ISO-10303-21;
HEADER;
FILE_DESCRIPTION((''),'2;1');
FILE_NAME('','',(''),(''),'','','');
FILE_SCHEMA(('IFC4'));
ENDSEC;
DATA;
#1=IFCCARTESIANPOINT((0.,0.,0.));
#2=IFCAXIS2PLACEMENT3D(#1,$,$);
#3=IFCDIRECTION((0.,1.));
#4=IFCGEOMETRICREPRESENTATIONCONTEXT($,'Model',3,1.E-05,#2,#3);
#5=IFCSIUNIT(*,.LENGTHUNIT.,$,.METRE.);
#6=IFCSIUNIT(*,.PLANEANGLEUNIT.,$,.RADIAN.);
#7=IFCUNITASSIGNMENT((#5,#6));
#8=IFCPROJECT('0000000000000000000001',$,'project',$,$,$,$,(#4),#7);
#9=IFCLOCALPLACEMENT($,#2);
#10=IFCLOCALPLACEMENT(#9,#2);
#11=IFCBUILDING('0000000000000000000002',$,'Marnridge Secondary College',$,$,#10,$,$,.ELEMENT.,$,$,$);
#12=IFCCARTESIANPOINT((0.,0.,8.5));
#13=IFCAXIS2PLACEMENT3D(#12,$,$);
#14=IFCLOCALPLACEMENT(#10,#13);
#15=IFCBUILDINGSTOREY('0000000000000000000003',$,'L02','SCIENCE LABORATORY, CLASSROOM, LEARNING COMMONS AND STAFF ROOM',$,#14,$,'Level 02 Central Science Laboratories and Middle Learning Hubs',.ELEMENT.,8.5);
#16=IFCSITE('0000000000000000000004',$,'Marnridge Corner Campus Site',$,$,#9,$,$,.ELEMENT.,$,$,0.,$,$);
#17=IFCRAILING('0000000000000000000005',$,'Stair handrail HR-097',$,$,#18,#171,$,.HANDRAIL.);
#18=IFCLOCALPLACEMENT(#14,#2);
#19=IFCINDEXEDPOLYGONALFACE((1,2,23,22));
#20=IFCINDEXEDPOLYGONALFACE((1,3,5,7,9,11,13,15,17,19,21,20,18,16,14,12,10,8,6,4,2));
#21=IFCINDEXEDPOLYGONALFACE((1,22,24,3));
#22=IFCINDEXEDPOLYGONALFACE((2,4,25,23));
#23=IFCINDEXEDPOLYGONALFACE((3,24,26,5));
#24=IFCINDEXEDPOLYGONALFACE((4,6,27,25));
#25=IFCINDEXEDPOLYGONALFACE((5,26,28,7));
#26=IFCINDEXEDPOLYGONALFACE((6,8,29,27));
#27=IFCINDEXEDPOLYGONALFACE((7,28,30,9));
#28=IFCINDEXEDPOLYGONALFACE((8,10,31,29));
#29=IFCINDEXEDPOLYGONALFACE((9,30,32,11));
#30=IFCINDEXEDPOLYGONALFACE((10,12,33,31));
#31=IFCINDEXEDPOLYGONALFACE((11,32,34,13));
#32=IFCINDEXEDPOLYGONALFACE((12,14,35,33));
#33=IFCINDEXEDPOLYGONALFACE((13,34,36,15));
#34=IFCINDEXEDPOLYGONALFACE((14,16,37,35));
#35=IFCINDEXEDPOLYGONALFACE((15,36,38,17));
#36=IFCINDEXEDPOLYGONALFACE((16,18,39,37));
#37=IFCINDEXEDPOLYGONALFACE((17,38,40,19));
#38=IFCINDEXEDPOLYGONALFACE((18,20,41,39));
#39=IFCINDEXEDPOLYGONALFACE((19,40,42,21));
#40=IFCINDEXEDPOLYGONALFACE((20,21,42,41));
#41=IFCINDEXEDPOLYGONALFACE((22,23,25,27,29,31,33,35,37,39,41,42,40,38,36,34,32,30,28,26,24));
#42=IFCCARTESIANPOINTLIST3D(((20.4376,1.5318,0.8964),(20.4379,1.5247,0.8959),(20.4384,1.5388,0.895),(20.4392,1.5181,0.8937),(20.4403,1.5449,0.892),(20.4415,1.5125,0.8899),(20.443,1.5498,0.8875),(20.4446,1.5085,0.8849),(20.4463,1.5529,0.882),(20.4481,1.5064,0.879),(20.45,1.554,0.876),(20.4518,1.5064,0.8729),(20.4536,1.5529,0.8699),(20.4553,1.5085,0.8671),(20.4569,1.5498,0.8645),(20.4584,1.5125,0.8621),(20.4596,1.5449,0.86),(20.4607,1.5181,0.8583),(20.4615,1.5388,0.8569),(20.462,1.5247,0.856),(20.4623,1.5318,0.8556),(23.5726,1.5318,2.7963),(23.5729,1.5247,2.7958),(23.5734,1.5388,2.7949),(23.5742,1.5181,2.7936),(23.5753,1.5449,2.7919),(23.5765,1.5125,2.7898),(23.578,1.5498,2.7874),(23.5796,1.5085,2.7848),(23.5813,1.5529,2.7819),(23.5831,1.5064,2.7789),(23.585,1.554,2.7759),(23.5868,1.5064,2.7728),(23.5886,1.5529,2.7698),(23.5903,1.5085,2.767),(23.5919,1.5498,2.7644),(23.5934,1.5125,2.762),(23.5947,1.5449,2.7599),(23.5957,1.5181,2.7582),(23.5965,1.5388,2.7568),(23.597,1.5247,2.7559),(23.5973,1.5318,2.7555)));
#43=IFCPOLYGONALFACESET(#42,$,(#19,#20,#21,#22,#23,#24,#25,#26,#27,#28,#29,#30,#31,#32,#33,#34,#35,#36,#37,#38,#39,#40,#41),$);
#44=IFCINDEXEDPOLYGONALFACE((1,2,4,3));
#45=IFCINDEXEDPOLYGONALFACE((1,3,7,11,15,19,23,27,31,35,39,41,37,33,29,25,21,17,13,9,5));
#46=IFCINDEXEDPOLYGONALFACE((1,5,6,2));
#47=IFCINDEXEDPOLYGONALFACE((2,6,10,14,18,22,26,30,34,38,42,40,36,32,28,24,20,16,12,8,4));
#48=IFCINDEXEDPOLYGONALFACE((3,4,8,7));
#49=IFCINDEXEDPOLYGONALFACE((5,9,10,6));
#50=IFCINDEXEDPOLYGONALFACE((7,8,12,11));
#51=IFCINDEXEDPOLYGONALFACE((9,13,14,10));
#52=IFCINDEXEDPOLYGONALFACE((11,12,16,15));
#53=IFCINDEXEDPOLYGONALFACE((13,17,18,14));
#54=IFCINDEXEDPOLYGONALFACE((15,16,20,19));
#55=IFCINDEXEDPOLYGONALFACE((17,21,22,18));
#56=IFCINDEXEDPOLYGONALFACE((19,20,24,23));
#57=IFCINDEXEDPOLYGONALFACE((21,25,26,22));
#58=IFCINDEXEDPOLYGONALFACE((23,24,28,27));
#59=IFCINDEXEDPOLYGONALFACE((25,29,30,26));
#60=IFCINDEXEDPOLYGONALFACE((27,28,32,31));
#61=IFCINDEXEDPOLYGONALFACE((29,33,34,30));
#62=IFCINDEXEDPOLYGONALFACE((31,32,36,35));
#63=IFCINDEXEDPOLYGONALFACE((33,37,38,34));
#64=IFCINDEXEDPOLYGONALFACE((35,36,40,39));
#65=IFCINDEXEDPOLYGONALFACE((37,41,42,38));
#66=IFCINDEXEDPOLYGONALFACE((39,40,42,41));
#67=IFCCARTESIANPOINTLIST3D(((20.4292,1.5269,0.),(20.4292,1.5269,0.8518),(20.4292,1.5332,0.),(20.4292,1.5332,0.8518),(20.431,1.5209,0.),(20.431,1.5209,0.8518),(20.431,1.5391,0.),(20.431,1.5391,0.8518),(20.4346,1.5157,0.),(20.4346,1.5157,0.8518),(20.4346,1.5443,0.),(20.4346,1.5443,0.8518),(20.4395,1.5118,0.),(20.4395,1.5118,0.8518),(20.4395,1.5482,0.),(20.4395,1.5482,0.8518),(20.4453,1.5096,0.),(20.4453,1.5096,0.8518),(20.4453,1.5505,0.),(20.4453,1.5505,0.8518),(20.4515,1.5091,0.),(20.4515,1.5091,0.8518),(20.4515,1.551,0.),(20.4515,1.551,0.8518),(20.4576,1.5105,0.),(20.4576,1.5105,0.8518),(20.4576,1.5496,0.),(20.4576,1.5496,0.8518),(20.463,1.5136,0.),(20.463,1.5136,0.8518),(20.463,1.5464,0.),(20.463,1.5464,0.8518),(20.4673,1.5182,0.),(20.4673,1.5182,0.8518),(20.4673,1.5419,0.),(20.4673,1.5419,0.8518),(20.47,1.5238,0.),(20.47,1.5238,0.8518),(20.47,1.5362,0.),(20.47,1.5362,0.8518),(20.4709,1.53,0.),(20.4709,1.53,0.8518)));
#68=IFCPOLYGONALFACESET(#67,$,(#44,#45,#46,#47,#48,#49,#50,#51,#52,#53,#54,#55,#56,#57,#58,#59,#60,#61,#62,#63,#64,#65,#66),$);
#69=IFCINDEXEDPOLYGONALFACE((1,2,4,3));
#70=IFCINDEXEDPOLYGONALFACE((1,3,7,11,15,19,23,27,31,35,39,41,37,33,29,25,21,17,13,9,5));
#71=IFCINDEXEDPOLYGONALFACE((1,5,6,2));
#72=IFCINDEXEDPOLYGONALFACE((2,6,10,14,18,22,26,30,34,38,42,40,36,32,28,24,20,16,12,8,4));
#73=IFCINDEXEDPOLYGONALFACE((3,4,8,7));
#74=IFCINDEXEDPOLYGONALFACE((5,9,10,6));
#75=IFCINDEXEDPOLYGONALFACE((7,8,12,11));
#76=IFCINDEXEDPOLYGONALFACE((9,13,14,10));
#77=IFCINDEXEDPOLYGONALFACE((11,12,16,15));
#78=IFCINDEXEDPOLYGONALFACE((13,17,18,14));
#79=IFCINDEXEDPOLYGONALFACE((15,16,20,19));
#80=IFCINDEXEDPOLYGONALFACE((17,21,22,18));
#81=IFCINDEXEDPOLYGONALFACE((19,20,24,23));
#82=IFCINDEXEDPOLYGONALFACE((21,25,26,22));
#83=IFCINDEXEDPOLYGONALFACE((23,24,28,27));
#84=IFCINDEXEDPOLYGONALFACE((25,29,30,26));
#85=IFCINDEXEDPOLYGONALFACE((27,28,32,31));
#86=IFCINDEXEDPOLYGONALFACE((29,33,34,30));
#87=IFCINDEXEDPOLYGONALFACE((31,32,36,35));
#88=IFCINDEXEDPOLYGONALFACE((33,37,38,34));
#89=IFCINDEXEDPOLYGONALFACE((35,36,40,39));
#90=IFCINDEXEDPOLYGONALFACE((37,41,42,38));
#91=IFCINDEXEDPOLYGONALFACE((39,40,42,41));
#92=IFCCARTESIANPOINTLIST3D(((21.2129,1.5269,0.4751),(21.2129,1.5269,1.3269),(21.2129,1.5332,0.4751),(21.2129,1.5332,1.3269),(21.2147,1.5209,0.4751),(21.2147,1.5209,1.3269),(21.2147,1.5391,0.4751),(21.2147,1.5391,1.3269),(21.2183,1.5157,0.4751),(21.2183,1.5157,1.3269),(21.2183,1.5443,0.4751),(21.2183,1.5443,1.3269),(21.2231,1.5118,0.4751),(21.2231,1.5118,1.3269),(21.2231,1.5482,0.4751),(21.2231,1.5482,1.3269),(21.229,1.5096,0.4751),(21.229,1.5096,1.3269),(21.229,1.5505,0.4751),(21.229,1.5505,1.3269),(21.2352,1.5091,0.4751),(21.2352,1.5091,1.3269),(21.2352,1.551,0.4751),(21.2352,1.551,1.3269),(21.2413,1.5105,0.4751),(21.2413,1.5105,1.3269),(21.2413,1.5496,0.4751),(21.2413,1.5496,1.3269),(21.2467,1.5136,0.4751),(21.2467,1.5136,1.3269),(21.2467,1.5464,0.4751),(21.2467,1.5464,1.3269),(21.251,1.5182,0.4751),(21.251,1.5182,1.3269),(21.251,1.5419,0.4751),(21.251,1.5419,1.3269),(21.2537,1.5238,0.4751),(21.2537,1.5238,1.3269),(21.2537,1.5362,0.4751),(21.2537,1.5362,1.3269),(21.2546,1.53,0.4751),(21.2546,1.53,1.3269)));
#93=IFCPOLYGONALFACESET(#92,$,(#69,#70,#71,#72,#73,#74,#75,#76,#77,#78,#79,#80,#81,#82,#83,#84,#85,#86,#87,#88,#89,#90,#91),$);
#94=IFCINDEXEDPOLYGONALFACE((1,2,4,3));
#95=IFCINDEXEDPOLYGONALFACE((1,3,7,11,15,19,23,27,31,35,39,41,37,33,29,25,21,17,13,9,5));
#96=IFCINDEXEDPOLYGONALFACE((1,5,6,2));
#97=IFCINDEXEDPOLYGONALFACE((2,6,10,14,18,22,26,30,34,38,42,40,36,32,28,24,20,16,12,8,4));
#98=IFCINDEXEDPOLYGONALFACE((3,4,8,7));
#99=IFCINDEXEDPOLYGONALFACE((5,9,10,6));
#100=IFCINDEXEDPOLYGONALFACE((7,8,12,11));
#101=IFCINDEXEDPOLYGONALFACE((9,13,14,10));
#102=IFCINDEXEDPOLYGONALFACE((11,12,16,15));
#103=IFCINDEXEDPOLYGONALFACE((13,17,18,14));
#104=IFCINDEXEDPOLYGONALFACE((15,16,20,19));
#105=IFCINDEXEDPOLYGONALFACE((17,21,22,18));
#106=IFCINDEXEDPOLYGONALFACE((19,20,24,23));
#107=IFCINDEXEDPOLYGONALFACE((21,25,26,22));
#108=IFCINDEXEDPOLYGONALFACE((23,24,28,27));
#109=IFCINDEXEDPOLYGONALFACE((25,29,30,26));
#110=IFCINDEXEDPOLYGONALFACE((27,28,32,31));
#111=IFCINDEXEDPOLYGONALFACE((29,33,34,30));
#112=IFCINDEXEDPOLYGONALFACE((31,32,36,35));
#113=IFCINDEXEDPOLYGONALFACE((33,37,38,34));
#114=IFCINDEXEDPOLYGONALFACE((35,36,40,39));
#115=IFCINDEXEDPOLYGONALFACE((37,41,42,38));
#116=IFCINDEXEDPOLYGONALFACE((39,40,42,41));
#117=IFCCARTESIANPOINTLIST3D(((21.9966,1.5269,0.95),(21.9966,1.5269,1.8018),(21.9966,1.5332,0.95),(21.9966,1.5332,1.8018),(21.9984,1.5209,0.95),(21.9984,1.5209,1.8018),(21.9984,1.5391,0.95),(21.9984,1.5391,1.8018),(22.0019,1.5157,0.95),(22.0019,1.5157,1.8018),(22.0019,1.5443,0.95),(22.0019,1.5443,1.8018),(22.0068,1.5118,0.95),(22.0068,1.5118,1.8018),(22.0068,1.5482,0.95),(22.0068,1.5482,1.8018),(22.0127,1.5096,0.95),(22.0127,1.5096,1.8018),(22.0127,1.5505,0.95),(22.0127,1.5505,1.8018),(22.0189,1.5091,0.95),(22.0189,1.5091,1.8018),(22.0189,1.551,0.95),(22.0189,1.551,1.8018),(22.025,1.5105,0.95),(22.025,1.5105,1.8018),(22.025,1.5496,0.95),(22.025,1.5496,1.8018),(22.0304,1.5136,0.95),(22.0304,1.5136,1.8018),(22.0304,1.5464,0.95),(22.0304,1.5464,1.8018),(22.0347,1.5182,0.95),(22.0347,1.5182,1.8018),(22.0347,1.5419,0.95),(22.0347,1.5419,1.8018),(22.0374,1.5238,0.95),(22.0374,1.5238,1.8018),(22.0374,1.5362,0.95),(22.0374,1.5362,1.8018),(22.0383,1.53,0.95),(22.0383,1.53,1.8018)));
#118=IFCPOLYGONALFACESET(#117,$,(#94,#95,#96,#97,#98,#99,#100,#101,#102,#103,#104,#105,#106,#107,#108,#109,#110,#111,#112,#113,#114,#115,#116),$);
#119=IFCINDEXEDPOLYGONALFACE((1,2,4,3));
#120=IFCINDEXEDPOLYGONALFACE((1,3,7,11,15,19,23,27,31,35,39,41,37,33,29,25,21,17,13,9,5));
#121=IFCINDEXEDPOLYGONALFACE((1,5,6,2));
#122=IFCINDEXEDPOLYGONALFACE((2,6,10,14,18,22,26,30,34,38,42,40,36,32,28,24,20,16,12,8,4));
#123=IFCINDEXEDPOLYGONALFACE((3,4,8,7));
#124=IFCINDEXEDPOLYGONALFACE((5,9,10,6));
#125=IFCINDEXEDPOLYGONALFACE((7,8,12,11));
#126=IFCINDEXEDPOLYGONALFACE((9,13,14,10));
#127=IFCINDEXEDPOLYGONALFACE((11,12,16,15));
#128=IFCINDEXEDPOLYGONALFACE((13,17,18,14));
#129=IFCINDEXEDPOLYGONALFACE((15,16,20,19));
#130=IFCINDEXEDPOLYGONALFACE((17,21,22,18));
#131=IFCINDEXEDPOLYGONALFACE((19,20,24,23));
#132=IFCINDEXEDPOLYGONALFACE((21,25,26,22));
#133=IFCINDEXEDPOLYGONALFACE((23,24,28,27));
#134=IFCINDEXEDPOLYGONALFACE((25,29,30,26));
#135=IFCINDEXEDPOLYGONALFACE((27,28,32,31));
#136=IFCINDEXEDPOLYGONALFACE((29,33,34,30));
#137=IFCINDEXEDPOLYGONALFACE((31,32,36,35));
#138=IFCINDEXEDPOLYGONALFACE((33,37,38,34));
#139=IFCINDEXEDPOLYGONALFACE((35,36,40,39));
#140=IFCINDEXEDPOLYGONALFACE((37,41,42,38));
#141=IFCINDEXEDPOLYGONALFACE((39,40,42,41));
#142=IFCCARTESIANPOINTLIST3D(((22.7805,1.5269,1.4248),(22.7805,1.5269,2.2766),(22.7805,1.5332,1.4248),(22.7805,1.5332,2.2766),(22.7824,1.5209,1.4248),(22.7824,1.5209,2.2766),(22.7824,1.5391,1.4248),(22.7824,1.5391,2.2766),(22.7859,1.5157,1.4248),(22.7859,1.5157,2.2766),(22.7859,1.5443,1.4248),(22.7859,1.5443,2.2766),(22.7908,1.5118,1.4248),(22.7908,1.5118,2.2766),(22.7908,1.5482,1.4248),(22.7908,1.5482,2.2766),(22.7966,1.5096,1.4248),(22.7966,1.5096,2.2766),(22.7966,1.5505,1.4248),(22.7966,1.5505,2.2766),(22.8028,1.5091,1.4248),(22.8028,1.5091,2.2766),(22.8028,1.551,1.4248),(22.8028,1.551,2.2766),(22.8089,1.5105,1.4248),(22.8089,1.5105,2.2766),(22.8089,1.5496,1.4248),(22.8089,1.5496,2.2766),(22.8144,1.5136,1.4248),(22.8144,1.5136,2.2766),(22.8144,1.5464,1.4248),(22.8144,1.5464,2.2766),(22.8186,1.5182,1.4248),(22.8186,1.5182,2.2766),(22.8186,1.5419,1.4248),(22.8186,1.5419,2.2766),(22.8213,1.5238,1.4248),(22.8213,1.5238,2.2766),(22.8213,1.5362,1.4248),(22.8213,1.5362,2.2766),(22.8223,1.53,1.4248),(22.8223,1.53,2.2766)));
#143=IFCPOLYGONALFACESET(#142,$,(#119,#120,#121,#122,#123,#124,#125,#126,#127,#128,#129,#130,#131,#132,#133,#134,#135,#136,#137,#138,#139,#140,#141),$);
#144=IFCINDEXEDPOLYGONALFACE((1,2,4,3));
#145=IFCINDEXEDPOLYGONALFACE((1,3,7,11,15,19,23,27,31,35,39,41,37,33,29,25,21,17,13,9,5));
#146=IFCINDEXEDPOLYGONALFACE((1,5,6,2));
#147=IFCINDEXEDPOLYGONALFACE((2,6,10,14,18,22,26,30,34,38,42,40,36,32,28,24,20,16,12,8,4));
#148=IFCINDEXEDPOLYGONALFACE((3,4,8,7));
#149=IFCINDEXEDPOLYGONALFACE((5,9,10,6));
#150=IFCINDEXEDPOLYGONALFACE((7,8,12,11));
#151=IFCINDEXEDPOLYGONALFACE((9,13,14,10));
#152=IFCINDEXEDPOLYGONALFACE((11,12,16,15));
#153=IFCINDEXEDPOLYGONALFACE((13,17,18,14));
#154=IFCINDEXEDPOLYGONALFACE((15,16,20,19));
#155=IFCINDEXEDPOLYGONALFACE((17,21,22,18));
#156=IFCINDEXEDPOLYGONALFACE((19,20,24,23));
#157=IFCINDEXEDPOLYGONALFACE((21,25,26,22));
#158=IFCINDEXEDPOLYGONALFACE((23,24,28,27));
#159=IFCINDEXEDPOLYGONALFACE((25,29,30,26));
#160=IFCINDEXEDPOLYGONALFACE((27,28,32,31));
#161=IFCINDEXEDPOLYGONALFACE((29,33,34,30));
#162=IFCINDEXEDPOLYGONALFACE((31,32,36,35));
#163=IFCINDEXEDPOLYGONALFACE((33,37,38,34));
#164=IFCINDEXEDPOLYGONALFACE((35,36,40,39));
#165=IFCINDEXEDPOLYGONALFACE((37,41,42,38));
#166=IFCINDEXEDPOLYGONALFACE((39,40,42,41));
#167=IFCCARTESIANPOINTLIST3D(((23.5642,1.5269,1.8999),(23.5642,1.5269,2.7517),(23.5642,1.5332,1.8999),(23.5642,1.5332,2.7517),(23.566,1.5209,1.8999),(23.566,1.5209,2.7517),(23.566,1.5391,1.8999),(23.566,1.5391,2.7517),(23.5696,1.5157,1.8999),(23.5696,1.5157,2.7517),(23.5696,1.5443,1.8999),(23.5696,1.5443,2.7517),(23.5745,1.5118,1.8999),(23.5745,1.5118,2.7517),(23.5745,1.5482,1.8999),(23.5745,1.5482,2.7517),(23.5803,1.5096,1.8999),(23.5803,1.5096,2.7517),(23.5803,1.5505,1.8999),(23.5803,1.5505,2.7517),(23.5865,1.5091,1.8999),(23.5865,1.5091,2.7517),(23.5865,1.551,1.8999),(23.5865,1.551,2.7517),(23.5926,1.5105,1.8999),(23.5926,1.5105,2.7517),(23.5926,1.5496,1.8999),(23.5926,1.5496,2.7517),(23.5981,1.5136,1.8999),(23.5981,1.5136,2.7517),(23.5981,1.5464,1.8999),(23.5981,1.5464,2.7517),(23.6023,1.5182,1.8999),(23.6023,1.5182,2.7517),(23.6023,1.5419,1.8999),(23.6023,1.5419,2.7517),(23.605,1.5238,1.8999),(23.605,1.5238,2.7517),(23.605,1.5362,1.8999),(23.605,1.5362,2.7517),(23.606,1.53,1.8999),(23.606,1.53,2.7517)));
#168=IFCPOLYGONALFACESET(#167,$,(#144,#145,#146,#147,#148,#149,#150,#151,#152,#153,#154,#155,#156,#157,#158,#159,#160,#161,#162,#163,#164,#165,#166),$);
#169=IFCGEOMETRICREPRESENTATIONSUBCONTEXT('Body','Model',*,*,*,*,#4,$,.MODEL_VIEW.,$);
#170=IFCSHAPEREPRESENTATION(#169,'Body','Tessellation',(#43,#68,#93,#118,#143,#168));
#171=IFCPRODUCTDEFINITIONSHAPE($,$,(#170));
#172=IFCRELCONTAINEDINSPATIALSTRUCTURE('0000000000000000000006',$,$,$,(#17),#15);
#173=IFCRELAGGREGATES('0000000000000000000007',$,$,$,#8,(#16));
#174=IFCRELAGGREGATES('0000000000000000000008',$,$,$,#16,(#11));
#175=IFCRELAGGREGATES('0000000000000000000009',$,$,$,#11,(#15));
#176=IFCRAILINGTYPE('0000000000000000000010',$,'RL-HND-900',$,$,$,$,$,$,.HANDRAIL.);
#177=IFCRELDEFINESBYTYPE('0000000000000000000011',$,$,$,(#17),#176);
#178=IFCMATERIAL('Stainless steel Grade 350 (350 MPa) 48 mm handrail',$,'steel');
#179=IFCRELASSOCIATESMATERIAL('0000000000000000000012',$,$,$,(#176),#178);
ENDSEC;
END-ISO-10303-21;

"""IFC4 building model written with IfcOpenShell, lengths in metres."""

from ifc_helpers import new_model, si_unit, direction, frame, origin, origin_2d, place, context, subcontext, project, spatial, circle, extrude, material, type_object, element, save


model = new_model("IFC4")

# Units and contexts
model_context = context("Model", 3, precision=1e-05, world=origin(), true_north=direction((0.0, 1.0)))
body_context = subcontext(model_context, "Body", "Model", "MODEL_VIEW")
ifc_project = project(units=[si_unit("LENGTHUNIT", "METRE"), si_unit("PLANEANGLEUNIT", "RADIAN")], contexts=[model_context])

# Site, building, storey
site_placement = place(None, origin())
site = spatial("IfcSite", under=ifc_project, at=site_placement, Name="Marnridge Corner Campus Site", CompositionType="ELEMENT", RefElevation=0.0)
building_placement = place(site_placement, origin())
building = spatial("IfcBuilding", under=site, at=building_placement, Name="Marnridge Secondary College", CompositionType="ELEMENT")
storey_placement = place(building_placement, frame((0.0, 0.0, 8.5)))
storey = spatial("IfcBuildingStorey", under=building, at=storey_placement, Name="L02", Description="SCIENCE LABORATORY, CLASSROOM, LEARNING COMMONS AND STAFF ROOM", LongName="Level 02 Central Science Laboratories and Middle Learning Hubs", CompositionType="ELEMENT", Elevation=8.5)

# Railing
ifc_material_1 = material(Name="Stainless steel Grade 350 (350 MPa) 48 mm handrail", Category="steel")
railing_type_1 = type_object("IfcRailingType", Name="RL-HND-900", PredefinedType="HANDRAIL", material=ifc_material_1)
for number, where, name in (
    (1, (20.45, 1.53, 0.0), "Stair handrail HR-097"),
):
    element("IfcRailing", number, at=place(storey_placement, frame(where)), inside=storey, type_object=railing_type_1, Name=name, PredefinedType="HANDRAIL", context=body_context, shape_type="SweptSolid", body=[
        extrude(circle(Radius=0.0239, at=origin_2d()), frame((0.0, 0.0, 0.876), z_axis=(0.85521, 0.0, 0.518281), x_axis=(0.0, 1.0, 0.0)), (0.0, 0.0, 1.0), 3.6658),
        extrude(circle(Radius=0.021, at=origin_2d()), origin(), (0.0, 0.0, 1.0), 0.8518),
        extrude(circle(Radius=0.021, at=origin_2d()), frame((0.7837, 0.0, 0.4751)), (0.0, 0.0, 1.0), 0.8518),
        extrude(circle(Radius=0.021, at=origin_2d()), frame((1.5674, 0.0, 0.95)), (0.0, 0.0, 1.0), 0.8518),
        extrude(circle(Radius=0.021, at=origin_2d()), frame((2.3513, 0.0, 1.4248)), (0.0, 0.0, 1.0), 0.8518),
        extrude(circle(Radius=0.021, at=origin_2d()), frame((3.135, 0.0, 1.8999)), (0.0, 0.0, 1.0), 0.8518),
    ])

save(model, "model.ifc")
